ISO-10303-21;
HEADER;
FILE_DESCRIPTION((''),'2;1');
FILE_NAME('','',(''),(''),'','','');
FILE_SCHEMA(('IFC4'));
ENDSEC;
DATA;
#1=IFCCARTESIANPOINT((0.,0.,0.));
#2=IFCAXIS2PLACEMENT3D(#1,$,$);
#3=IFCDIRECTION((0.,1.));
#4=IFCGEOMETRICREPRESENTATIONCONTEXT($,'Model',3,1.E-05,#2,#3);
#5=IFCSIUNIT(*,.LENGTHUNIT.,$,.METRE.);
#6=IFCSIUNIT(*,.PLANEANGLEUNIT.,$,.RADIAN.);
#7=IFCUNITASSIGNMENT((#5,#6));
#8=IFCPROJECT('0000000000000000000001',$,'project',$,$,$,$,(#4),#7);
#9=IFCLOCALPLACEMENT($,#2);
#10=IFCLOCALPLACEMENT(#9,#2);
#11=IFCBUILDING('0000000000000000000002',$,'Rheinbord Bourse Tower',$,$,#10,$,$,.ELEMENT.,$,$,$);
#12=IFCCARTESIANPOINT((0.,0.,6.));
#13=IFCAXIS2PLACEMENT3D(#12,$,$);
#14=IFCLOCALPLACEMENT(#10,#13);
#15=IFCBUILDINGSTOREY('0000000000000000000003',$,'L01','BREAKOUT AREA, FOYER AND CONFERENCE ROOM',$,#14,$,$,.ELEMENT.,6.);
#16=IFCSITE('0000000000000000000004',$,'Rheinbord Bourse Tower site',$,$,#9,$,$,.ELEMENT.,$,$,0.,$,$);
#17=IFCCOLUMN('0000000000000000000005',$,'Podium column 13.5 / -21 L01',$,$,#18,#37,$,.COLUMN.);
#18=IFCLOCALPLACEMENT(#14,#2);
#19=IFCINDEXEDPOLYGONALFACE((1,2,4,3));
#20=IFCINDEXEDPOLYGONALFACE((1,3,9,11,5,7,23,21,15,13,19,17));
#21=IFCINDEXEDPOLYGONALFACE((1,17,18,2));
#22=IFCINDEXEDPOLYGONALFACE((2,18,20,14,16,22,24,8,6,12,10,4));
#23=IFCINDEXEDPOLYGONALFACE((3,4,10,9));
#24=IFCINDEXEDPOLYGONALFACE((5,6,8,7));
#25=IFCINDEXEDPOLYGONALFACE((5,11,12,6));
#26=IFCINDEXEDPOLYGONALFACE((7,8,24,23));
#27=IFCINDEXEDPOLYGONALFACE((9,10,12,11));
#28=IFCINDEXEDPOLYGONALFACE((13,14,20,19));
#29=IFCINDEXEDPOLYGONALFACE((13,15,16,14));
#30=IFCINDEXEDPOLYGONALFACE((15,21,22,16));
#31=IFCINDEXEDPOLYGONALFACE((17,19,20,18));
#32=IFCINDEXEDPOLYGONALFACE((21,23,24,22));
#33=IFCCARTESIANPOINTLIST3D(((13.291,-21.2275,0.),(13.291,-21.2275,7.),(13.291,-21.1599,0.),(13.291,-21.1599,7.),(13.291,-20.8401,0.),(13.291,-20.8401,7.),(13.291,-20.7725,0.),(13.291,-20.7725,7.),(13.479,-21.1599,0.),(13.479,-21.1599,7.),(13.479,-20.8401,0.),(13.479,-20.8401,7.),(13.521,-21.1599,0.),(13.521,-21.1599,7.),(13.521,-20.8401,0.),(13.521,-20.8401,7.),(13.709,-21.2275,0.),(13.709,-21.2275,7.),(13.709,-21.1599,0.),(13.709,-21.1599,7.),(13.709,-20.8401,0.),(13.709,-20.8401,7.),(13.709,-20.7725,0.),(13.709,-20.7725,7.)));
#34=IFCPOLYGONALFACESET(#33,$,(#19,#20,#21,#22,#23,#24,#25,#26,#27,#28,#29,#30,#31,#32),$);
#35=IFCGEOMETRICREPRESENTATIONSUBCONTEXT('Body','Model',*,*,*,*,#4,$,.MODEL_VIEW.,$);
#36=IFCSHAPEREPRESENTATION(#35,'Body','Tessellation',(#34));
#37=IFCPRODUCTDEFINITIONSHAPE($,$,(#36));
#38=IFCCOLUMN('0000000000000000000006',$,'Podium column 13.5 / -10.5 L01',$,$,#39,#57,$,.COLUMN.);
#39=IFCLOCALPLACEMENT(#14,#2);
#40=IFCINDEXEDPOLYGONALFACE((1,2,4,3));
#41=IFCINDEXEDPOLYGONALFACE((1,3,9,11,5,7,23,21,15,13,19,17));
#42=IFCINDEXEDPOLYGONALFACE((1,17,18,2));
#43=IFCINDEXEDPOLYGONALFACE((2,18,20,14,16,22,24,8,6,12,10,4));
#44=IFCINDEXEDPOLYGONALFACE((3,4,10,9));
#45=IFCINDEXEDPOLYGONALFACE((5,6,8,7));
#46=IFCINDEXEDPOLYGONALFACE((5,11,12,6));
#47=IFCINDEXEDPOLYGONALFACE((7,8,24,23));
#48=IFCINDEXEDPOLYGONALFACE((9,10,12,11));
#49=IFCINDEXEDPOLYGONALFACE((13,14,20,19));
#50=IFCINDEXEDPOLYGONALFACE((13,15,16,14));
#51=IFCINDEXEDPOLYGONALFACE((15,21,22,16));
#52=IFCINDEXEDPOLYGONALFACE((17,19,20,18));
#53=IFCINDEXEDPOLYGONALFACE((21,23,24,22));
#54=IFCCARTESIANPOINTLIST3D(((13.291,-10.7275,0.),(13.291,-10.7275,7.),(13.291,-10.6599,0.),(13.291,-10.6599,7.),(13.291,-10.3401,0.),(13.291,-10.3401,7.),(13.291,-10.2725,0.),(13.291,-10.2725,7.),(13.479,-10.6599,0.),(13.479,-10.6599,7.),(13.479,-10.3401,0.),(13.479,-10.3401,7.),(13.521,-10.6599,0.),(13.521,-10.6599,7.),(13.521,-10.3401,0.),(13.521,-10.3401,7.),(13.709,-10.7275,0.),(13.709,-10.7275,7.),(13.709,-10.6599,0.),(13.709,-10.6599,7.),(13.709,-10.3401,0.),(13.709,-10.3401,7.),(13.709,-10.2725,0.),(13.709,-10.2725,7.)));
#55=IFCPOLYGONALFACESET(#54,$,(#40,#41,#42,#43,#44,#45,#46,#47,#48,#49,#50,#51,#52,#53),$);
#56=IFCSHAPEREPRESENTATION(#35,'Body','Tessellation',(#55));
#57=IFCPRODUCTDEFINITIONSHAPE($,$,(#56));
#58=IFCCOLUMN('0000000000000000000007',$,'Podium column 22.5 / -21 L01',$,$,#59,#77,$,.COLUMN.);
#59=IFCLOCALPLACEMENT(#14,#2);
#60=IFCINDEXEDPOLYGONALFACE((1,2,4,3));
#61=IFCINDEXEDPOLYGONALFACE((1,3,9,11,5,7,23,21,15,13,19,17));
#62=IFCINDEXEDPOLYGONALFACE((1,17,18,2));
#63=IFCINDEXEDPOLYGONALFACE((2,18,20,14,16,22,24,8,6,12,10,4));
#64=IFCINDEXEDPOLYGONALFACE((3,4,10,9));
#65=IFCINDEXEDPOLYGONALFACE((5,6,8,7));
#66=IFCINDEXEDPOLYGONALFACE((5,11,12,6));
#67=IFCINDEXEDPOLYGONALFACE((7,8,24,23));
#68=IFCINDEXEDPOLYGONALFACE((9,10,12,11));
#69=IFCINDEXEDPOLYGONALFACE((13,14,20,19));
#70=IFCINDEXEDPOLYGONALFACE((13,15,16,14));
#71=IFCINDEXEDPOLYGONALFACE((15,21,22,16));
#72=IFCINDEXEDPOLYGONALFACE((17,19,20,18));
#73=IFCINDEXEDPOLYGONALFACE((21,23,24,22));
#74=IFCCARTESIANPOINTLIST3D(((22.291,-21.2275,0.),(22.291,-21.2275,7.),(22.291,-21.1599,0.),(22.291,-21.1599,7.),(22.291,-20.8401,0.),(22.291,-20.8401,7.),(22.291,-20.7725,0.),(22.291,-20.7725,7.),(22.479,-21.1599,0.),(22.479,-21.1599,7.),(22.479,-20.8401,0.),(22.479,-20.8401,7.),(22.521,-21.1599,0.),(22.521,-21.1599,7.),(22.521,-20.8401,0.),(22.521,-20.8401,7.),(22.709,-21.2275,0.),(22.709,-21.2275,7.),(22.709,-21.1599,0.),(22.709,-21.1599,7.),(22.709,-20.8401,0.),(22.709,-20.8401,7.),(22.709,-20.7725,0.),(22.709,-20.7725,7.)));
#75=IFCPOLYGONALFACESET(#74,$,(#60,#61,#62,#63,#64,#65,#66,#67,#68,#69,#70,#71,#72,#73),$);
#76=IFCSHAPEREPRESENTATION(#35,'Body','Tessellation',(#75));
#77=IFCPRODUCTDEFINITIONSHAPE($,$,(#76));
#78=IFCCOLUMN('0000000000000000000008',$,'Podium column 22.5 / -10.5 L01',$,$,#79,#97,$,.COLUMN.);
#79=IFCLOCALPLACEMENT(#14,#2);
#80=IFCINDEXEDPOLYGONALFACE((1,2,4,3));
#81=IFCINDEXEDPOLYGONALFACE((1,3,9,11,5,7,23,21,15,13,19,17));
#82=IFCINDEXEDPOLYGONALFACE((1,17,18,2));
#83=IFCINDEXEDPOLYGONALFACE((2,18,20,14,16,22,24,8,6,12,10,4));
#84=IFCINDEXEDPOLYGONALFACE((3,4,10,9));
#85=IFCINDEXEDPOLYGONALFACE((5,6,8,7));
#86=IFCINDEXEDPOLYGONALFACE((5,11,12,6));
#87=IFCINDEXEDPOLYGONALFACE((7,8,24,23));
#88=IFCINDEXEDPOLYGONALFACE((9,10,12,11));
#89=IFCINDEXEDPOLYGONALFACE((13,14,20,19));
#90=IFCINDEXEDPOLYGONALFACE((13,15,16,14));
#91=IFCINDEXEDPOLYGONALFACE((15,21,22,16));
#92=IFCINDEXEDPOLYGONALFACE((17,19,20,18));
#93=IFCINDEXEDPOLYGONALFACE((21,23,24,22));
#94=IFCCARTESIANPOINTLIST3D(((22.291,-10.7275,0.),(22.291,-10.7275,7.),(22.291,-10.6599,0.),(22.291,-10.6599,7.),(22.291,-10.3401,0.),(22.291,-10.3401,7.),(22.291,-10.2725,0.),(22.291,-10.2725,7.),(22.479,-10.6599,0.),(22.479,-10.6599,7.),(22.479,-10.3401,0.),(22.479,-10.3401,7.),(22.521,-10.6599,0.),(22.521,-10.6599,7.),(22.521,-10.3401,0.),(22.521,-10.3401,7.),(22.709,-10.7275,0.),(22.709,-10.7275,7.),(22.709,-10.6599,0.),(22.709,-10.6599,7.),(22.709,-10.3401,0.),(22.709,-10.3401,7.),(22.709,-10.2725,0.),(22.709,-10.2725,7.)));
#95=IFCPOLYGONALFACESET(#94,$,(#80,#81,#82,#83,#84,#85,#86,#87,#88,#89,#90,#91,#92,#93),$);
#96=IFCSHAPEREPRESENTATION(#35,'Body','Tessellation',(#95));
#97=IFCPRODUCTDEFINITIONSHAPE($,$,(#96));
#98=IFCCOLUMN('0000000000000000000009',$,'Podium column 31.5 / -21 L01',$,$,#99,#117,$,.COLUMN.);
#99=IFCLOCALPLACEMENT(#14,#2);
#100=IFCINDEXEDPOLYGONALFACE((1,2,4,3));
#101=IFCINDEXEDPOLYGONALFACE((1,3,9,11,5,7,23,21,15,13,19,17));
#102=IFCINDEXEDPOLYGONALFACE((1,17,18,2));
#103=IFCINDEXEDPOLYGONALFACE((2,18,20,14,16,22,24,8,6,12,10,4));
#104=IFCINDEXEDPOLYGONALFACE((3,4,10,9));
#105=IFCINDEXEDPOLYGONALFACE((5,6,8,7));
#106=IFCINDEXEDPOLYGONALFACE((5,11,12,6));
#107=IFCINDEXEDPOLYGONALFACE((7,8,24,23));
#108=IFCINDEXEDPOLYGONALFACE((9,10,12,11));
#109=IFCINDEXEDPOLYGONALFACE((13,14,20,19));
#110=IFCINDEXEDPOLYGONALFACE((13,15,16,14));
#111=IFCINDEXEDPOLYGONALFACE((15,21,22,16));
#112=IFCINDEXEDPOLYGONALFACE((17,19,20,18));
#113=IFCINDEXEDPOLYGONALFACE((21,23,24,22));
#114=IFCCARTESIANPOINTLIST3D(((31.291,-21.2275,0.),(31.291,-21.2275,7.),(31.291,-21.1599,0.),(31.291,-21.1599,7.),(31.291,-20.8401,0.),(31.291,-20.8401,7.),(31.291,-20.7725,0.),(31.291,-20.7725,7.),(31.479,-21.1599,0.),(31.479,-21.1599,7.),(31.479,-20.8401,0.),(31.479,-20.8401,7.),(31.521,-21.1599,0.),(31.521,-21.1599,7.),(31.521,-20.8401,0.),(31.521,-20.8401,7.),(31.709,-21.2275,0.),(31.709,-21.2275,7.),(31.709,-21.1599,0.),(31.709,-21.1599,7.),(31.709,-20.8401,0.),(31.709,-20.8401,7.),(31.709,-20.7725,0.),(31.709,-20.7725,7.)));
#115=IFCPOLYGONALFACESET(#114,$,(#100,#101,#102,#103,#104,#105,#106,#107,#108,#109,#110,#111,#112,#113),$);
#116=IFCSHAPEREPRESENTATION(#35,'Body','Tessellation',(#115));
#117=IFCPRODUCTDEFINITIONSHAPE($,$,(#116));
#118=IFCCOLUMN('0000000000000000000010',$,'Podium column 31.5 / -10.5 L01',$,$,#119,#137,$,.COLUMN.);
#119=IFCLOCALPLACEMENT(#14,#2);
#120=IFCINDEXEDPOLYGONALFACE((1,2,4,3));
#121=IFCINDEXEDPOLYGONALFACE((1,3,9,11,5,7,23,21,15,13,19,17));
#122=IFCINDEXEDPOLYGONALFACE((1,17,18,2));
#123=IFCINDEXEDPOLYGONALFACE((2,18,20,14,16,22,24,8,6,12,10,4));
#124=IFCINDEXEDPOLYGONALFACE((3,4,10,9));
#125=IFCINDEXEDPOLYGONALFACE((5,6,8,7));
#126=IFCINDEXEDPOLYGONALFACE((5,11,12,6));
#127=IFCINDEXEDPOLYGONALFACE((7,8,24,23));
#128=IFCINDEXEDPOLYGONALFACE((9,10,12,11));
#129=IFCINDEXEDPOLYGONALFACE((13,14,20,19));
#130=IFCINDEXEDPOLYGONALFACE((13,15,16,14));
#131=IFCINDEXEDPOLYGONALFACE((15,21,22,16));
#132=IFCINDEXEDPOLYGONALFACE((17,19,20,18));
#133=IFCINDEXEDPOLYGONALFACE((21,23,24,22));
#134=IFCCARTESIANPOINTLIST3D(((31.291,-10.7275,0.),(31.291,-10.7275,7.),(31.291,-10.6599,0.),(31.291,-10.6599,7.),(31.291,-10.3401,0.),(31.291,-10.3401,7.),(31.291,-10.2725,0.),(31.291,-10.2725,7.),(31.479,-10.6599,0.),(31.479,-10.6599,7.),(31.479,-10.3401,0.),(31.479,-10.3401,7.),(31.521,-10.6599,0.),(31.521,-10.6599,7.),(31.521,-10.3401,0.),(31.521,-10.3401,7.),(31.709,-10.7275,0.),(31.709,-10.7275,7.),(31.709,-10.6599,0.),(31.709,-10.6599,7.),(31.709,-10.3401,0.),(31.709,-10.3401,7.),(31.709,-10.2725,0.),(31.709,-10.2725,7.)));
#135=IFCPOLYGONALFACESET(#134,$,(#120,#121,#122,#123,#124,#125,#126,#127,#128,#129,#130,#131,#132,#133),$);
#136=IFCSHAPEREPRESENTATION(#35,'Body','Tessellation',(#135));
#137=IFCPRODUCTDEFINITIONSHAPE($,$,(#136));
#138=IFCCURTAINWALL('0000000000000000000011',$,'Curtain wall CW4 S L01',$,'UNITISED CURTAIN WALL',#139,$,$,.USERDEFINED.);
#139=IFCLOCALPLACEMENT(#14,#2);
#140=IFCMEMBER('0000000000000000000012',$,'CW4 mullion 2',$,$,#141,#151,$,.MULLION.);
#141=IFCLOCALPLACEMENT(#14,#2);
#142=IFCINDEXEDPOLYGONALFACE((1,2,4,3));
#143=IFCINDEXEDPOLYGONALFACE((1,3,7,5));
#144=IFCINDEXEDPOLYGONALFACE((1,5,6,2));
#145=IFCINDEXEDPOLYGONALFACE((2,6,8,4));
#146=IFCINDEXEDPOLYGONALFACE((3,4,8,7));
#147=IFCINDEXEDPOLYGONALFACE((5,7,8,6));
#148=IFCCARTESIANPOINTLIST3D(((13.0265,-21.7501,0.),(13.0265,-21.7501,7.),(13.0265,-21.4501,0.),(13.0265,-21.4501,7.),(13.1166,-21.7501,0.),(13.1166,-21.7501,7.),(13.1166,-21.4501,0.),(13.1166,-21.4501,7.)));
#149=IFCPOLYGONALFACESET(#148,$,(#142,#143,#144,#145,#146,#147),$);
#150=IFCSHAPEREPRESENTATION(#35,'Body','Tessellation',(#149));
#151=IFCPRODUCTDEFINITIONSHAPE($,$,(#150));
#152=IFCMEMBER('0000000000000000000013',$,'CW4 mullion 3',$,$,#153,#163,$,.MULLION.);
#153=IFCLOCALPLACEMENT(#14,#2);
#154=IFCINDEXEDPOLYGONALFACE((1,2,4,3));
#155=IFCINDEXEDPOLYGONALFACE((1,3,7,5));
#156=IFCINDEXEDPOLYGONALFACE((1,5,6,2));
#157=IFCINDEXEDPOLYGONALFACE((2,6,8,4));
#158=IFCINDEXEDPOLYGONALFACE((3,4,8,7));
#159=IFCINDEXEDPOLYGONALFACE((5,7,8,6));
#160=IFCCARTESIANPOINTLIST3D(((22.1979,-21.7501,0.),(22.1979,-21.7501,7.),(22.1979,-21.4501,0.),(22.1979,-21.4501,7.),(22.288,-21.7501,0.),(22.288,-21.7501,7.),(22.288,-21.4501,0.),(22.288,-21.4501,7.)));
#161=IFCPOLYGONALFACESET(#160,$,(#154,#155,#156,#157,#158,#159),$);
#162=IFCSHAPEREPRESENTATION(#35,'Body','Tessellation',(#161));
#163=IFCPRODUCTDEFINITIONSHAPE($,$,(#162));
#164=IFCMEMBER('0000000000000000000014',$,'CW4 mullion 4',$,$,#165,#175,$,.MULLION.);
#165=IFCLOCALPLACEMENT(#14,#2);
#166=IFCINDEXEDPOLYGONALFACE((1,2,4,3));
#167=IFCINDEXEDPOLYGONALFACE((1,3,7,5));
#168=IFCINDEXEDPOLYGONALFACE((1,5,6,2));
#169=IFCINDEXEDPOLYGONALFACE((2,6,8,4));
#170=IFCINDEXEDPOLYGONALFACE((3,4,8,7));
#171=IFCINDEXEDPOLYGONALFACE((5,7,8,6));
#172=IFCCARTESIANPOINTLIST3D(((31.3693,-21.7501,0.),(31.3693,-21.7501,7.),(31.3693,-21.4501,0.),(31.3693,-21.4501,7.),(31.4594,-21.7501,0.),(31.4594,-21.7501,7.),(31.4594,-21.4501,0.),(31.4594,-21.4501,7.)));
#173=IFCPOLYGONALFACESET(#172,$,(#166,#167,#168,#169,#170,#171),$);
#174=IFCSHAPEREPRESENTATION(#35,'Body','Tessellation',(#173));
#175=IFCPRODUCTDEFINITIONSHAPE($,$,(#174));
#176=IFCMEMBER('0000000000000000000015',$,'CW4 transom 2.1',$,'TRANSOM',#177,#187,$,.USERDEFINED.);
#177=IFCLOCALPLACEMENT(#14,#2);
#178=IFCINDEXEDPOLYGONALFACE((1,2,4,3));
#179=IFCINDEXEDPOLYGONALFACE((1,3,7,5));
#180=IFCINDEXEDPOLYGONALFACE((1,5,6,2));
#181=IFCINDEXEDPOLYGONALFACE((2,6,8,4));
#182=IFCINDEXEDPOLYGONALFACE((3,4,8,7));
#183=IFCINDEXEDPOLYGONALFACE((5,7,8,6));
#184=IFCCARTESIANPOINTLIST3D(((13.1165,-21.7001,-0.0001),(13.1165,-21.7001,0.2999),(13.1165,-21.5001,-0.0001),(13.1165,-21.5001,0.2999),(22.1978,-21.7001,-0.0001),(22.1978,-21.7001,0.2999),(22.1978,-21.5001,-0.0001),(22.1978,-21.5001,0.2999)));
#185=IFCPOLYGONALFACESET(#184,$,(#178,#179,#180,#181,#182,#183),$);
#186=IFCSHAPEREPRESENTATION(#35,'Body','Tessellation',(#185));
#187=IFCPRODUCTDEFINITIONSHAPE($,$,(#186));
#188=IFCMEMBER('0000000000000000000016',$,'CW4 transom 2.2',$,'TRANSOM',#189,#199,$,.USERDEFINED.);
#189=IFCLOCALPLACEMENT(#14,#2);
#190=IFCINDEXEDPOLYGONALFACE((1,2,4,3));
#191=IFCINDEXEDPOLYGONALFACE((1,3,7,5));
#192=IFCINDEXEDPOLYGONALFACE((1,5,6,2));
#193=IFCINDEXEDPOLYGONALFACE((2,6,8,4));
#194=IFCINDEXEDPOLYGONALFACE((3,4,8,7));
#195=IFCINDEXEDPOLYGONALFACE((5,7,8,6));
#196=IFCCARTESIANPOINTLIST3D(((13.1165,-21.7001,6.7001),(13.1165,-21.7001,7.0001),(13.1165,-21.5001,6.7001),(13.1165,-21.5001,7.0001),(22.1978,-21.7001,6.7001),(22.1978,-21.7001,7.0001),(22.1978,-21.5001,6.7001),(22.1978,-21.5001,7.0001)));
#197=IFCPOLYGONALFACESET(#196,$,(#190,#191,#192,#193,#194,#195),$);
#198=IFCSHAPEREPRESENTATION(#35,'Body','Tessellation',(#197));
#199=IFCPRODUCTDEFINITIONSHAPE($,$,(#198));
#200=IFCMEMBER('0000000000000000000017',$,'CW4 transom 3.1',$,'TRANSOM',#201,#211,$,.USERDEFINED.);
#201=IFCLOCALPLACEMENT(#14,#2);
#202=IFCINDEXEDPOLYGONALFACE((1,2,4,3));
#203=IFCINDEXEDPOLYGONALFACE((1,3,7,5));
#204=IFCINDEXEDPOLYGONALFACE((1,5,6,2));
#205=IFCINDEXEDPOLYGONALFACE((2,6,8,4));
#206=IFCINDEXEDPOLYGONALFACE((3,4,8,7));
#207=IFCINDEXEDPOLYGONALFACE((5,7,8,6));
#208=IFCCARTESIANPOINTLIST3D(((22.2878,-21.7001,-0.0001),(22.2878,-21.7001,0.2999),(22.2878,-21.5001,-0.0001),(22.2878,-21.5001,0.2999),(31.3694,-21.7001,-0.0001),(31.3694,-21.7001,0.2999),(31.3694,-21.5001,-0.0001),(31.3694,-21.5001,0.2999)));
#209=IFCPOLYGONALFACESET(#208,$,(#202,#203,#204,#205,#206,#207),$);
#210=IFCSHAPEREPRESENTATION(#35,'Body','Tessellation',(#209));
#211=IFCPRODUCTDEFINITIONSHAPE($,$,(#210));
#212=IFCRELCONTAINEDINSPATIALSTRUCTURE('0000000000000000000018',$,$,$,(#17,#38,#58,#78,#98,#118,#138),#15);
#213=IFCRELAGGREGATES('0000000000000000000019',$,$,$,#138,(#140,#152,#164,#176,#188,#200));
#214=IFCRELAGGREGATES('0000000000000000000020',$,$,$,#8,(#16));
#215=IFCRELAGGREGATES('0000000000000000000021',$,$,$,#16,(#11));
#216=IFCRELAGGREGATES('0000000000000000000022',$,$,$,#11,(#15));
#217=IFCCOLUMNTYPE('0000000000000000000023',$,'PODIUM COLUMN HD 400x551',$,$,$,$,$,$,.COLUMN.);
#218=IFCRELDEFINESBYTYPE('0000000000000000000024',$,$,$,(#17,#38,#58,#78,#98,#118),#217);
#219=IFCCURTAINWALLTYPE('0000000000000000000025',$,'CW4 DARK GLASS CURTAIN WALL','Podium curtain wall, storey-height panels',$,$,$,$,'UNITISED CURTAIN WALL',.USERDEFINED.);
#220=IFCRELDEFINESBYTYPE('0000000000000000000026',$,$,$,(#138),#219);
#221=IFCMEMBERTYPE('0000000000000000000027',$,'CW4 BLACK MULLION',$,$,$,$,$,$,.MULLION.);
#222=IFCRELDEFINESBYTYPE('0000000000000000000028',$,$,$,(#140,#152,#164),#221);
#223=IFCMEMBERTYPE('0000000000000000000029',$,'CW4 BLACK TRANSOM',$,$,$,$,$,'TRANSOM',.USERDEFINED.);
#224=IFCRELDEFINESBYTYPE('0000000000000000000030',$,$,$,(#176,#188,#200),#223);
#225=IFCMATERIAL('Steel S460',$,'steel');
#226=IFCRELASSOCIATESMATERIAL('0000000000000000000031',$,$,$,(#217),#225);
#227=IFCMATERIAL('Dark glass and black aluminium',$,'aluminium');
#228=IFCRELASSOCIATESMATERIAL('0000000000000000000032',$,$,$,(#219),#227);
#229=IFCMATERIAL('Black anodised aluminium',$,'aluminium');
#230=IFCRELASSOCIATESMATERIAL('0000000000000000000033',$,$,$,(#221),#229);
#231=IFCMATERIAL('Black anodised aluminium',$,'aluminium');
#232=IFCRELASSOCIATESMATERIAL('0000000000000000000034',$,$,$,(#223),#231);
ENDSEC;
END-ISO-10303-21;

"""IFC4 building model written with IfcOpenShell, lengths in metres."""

from ifc_helpers import new_model, si_unit, direction, frame, origin, origin_2d, place, context, subcontext, project, spatial, rectangle, i_section, extrude, material, material_profile, profile_set, type_object, element, aggregate, save


model = new_model("IFC4")

# Units and contexts
model_context = context("Model", 3, precision=1e-05, world=origin(), true_north=direction((0.0, 1.0)))
body_context = subcontext(model_context, "Body", "Model", "MODEL_VIEW")
ifc_project = project(units=[si_unit("LENGTHUNIT", "METRE"), si_unit("PLANEANGLEUNIT", "RADIAN")], contexts=[model_context])

# Site, building, storey
site_placement = place(None, origin())
site = spatial("IfcSite", under=ifc_project, at=site_placement, Name="Rheinbord Bourse Tower site", CompositionType="ELEMENT", RefElevation=0.0)
building_placement = place(site_placement, origin())
building = spatial("IfcBuilding", under=site, at=building_placement, Name="Rheinbord Bourse Tower", CompositionType="ELEMENT")
storey_placement = place(building_placement, frame((0.0, 0.0, 6.0)))
storey = spatial("IfcBuildingStorey", under=building, at=storey_placement, Name="L01", Description="BREAKOUT AREA, FOYER AND CONFERENCE ROOM", CompositionType="ELEMENT", Elevation=6.0)

# Columns
ifc_material_1 = material(Name="Steel S460", Category="steel")
ifc_material_profile_1 = material_profile(ifc_material_1, i_section(OverallWidth=0.418, OverallDepth=0.4551, WebThickness=0.042, FlangeThickness=0.0676, at=origin_2d()), Name="HD 400x551")
ifc_profile_set_1 = profile_set([ifc_material_profile_1], Name="Steel S460")
column_type = type_object("IfcColumnType", Name="PODIUM COLUMN HD 400x551", PredefinedType="COLUMN", material=ifc_profile_set_1)
for number, where, z_axis, x_axis, name in (
    (1, (13.5, -21.0, 0.0), (0.0, 0.0, 1.0), (1.0, 0.0, 0.0), "Podium column 13.5 / -21 L01"),
    (2, (13.5, -10.5, 0.0), (0.0, 0.0, 1.0), (1.0, 0.0, 0.0), "Podium column 13.5 / -10.5 L01"),
    (3, (22.5, -21.0, 0.0), (0.0, 0.0, 1.0), (1.0, 0.0, 0.0), "Podium column 22.5 / -21 L01"),
    (4, (22.5, -10.5, 0.0), (0.0, 0.0, 1.0), (1.0, 0.0, 0.0), "Podium column 22.5 / -10.5 L01"),
    (5, (31.5, -21.0, 0.0), (0.0, 0.0, 1.0), (1.0, 0.0, 0.0), "Podium column 31.5 / -21 L01"),
    (6, (31.5, -10.5, 0.0), (0.0, 0.0, 1.0), (1.0, 0.0, 0.0), "Podium column 31.5 / -10.5 L01"),
):
    element("IfcColumn", number, at=place(storey_placement, frame(where, z_axis=z_axis, x_axis=x_axis)), inside=storey, type_object=column_type, Name=name, PredefinedType="COLUMN", context=body_context, shape_type="SweptSolid", body=[
        extrude(i_section(OverallWidth=0.418, OverallDepth=0.4551, WebThickness=0.042, FlangeThickness=0.0676, at=origin_2d()), origin(), (0.0, 0.0, 1.0), 7.0),
    ])

# Curtain wall, members
ifc_material_2 = material(Name="Dark glass and black aluminium", Category="aluminium")
curtain_wall_type = type_object("IfcCurtainWallType", Name="CW4 DARK GLASS CURTAIN WALL", Description="Podium curtain wall, storey-height panels", ElementType="UNITISED CURTAIN WALL", PredefinedType="USERDEFINED", material=ifc_material_2)
curtain_wall_placement = place(storey_placement, origin())
curtain_wall = element("IfcCurtainWall", 7, at=curtain_wall_placement, inside=storey, type_object=curtain_wall_type, Name="Curtain wall CW4 S L01", ObjectType="UNITISED CURTAIN WALL", PredefinedType="USERDEFINED")
ifc_material_3 = material(Name="Black anodised aluminium", Category="aluminium")
ifc_material_profile_2 = material_profile(ifc_material_3, rectangle(XDim=0.3, YDim=0.0901, at=origin_2d()), Name="CW4 MULLION 90x300")
ifc_profile_set_2 = profile_set([ifc_material_profile_2], Name="Black anodised aluminium")
member_type_1 = type_object("IfcMemberType", Name="CW4 BLACK MULLION", PredefinedType="MULLION", material=ifc_profile_set_2)
member_1_placement = place(storey_placement, frame((13.0715, -21.6001, 0.0), z_axis=(0.0, 0.0, 1.0), x_axis=(0.0, 1.0, 0.0)))
member_1 = element("IfcMember", 8, at=member_1_placement, type_object=member_type_1, Name="CW4 mullion 2", PredefinedType="MULLION", context=body_context, shape_type="SweptSolid", body=[
    extrude(rectangle(XDim=0.3, YDim=0.0901, at=origin_2d()), origin(), (0.0, 0.0, 1.0), 7.0),
])
member_2_placement = place(storey_placement, frame((22.2429, -21.6001, 0.0), z_axis=(0.0, 0.0, 1.0), x_axis=(0.0, 1.0, 0.0)))
member_2 = element("IfcMember", 9, at=member_2_placement, type_object=member_type_1, Name="CW4 mullion 3", PredefinedType="MULLION", context=body_context, shape_type="SweptSolid", body=[
    extrude(rectangle(XDim=0.3, YDim=0.0901, at=origin_2d()), origin(), (0.0, 0.0, 1.0), 7.0),
])
member_3_placement = place(storey_placement, frame((31.4143, -21.6001, 0.0), z_axis=(0.0, 0.0, 1.0), x_axis=(0.0, 1.0, 0.0)))
member_3 = element("IfcMember", 10, at=member_3_placement, type_object=member_type_1, Name="CW4 mullion 4", PredefinedType="MULLION", context=body_context, shape_type="SweptSolid", body=[
    extrude(rectangle(XDim=0.3, YDim=0.0901, at=origin_2d()), origin(), (0.0, 0.0, 1.0), 7.0),
])
ifc_material_4 = material(Name="Black anodised aluminium", Category="aluminium")
ifc_material_profile_3 = material_profile(ifc_material_4, rectangle(XDim=0.2, YDim=0.3, at=origin_2d()), Name="CW4 TRANSOM 300x200")
ifc_profile_set_3 = profile_set([ifc_material_profile_3], Name="Black anodised aluminium")
member_type_2 = type_object("IfcMemberType", Name="CW4 BLACK TRANSOM", ElementType="TRANSOM", PredefinedType="USERDEFINED", material=ifc_profile_set_3)
member_4_placement = place(storey_placement, frame((13.1165, -21.6001, 0.1499), z_axis=(1.0, 0.0, 0.0), x_axis=(0.0, 1.0, 0.0)))
member_4 = element("IfcMember", 11, at=member_4_placement, type_object=member_type_2, Name="CW4 transom 2.1", ObjectType="TRANSOM", PredefinedType="USERDEFINED", context=body_context, shape_type="SweptSolid", body=[
    extrude(rectangle(XDim=0.2, YDim=0.3, at=origin_2d()), origin(), (0.0, 0.0, 1.0), 9.0813),
])
member_5_placement = place(storey_placement, frame((13.1165, -21.6001, 6.8501), z_axis=(1.0, 0.0, 0.0), x_axis=(0.0, 1.0, 0.0)))
member_5 = element("IfcMember", 12, at=member_5_placement, type_object=member_type_2, Name="CW4 transom 2.2", ObjectType="TRANSOM", PredefinedType="USERDEFINED", context=body_context, shape_type="SweptSolid", body=[
    extrude(rectangle(XDim=0.2, YDim=0.3, at=origin_2d()), origin(), (0.0, 0.0, 1.0), 9.0813),
])
member_6_placement = place(storey_placement, frame((22.2878, -21.6001, 0.1499), z_axis=(1.0, 0.0, 0.0), x_axis=(0.0, 1.0, 0.0)))
member_6 = element("IfcMember", 13, at=member_6_placement, type_object=member_type_2, Name="CW4 transom 3.1", ObjectType="TRANSOM", PredefinedType="USERDEFINED", context=body_context, shape_type="SweptSolid", body=[
    extrude(rectangle(XDim=0.2, YDim=0.3, at=origin_2d()), origin(), (0.0, 0.0, 1.0), 9.0815),
])

aggregate(curtain_wall, [member_1, member_2, member_3, member_4, member_5, member_6])

save(model, "model.ifc")
